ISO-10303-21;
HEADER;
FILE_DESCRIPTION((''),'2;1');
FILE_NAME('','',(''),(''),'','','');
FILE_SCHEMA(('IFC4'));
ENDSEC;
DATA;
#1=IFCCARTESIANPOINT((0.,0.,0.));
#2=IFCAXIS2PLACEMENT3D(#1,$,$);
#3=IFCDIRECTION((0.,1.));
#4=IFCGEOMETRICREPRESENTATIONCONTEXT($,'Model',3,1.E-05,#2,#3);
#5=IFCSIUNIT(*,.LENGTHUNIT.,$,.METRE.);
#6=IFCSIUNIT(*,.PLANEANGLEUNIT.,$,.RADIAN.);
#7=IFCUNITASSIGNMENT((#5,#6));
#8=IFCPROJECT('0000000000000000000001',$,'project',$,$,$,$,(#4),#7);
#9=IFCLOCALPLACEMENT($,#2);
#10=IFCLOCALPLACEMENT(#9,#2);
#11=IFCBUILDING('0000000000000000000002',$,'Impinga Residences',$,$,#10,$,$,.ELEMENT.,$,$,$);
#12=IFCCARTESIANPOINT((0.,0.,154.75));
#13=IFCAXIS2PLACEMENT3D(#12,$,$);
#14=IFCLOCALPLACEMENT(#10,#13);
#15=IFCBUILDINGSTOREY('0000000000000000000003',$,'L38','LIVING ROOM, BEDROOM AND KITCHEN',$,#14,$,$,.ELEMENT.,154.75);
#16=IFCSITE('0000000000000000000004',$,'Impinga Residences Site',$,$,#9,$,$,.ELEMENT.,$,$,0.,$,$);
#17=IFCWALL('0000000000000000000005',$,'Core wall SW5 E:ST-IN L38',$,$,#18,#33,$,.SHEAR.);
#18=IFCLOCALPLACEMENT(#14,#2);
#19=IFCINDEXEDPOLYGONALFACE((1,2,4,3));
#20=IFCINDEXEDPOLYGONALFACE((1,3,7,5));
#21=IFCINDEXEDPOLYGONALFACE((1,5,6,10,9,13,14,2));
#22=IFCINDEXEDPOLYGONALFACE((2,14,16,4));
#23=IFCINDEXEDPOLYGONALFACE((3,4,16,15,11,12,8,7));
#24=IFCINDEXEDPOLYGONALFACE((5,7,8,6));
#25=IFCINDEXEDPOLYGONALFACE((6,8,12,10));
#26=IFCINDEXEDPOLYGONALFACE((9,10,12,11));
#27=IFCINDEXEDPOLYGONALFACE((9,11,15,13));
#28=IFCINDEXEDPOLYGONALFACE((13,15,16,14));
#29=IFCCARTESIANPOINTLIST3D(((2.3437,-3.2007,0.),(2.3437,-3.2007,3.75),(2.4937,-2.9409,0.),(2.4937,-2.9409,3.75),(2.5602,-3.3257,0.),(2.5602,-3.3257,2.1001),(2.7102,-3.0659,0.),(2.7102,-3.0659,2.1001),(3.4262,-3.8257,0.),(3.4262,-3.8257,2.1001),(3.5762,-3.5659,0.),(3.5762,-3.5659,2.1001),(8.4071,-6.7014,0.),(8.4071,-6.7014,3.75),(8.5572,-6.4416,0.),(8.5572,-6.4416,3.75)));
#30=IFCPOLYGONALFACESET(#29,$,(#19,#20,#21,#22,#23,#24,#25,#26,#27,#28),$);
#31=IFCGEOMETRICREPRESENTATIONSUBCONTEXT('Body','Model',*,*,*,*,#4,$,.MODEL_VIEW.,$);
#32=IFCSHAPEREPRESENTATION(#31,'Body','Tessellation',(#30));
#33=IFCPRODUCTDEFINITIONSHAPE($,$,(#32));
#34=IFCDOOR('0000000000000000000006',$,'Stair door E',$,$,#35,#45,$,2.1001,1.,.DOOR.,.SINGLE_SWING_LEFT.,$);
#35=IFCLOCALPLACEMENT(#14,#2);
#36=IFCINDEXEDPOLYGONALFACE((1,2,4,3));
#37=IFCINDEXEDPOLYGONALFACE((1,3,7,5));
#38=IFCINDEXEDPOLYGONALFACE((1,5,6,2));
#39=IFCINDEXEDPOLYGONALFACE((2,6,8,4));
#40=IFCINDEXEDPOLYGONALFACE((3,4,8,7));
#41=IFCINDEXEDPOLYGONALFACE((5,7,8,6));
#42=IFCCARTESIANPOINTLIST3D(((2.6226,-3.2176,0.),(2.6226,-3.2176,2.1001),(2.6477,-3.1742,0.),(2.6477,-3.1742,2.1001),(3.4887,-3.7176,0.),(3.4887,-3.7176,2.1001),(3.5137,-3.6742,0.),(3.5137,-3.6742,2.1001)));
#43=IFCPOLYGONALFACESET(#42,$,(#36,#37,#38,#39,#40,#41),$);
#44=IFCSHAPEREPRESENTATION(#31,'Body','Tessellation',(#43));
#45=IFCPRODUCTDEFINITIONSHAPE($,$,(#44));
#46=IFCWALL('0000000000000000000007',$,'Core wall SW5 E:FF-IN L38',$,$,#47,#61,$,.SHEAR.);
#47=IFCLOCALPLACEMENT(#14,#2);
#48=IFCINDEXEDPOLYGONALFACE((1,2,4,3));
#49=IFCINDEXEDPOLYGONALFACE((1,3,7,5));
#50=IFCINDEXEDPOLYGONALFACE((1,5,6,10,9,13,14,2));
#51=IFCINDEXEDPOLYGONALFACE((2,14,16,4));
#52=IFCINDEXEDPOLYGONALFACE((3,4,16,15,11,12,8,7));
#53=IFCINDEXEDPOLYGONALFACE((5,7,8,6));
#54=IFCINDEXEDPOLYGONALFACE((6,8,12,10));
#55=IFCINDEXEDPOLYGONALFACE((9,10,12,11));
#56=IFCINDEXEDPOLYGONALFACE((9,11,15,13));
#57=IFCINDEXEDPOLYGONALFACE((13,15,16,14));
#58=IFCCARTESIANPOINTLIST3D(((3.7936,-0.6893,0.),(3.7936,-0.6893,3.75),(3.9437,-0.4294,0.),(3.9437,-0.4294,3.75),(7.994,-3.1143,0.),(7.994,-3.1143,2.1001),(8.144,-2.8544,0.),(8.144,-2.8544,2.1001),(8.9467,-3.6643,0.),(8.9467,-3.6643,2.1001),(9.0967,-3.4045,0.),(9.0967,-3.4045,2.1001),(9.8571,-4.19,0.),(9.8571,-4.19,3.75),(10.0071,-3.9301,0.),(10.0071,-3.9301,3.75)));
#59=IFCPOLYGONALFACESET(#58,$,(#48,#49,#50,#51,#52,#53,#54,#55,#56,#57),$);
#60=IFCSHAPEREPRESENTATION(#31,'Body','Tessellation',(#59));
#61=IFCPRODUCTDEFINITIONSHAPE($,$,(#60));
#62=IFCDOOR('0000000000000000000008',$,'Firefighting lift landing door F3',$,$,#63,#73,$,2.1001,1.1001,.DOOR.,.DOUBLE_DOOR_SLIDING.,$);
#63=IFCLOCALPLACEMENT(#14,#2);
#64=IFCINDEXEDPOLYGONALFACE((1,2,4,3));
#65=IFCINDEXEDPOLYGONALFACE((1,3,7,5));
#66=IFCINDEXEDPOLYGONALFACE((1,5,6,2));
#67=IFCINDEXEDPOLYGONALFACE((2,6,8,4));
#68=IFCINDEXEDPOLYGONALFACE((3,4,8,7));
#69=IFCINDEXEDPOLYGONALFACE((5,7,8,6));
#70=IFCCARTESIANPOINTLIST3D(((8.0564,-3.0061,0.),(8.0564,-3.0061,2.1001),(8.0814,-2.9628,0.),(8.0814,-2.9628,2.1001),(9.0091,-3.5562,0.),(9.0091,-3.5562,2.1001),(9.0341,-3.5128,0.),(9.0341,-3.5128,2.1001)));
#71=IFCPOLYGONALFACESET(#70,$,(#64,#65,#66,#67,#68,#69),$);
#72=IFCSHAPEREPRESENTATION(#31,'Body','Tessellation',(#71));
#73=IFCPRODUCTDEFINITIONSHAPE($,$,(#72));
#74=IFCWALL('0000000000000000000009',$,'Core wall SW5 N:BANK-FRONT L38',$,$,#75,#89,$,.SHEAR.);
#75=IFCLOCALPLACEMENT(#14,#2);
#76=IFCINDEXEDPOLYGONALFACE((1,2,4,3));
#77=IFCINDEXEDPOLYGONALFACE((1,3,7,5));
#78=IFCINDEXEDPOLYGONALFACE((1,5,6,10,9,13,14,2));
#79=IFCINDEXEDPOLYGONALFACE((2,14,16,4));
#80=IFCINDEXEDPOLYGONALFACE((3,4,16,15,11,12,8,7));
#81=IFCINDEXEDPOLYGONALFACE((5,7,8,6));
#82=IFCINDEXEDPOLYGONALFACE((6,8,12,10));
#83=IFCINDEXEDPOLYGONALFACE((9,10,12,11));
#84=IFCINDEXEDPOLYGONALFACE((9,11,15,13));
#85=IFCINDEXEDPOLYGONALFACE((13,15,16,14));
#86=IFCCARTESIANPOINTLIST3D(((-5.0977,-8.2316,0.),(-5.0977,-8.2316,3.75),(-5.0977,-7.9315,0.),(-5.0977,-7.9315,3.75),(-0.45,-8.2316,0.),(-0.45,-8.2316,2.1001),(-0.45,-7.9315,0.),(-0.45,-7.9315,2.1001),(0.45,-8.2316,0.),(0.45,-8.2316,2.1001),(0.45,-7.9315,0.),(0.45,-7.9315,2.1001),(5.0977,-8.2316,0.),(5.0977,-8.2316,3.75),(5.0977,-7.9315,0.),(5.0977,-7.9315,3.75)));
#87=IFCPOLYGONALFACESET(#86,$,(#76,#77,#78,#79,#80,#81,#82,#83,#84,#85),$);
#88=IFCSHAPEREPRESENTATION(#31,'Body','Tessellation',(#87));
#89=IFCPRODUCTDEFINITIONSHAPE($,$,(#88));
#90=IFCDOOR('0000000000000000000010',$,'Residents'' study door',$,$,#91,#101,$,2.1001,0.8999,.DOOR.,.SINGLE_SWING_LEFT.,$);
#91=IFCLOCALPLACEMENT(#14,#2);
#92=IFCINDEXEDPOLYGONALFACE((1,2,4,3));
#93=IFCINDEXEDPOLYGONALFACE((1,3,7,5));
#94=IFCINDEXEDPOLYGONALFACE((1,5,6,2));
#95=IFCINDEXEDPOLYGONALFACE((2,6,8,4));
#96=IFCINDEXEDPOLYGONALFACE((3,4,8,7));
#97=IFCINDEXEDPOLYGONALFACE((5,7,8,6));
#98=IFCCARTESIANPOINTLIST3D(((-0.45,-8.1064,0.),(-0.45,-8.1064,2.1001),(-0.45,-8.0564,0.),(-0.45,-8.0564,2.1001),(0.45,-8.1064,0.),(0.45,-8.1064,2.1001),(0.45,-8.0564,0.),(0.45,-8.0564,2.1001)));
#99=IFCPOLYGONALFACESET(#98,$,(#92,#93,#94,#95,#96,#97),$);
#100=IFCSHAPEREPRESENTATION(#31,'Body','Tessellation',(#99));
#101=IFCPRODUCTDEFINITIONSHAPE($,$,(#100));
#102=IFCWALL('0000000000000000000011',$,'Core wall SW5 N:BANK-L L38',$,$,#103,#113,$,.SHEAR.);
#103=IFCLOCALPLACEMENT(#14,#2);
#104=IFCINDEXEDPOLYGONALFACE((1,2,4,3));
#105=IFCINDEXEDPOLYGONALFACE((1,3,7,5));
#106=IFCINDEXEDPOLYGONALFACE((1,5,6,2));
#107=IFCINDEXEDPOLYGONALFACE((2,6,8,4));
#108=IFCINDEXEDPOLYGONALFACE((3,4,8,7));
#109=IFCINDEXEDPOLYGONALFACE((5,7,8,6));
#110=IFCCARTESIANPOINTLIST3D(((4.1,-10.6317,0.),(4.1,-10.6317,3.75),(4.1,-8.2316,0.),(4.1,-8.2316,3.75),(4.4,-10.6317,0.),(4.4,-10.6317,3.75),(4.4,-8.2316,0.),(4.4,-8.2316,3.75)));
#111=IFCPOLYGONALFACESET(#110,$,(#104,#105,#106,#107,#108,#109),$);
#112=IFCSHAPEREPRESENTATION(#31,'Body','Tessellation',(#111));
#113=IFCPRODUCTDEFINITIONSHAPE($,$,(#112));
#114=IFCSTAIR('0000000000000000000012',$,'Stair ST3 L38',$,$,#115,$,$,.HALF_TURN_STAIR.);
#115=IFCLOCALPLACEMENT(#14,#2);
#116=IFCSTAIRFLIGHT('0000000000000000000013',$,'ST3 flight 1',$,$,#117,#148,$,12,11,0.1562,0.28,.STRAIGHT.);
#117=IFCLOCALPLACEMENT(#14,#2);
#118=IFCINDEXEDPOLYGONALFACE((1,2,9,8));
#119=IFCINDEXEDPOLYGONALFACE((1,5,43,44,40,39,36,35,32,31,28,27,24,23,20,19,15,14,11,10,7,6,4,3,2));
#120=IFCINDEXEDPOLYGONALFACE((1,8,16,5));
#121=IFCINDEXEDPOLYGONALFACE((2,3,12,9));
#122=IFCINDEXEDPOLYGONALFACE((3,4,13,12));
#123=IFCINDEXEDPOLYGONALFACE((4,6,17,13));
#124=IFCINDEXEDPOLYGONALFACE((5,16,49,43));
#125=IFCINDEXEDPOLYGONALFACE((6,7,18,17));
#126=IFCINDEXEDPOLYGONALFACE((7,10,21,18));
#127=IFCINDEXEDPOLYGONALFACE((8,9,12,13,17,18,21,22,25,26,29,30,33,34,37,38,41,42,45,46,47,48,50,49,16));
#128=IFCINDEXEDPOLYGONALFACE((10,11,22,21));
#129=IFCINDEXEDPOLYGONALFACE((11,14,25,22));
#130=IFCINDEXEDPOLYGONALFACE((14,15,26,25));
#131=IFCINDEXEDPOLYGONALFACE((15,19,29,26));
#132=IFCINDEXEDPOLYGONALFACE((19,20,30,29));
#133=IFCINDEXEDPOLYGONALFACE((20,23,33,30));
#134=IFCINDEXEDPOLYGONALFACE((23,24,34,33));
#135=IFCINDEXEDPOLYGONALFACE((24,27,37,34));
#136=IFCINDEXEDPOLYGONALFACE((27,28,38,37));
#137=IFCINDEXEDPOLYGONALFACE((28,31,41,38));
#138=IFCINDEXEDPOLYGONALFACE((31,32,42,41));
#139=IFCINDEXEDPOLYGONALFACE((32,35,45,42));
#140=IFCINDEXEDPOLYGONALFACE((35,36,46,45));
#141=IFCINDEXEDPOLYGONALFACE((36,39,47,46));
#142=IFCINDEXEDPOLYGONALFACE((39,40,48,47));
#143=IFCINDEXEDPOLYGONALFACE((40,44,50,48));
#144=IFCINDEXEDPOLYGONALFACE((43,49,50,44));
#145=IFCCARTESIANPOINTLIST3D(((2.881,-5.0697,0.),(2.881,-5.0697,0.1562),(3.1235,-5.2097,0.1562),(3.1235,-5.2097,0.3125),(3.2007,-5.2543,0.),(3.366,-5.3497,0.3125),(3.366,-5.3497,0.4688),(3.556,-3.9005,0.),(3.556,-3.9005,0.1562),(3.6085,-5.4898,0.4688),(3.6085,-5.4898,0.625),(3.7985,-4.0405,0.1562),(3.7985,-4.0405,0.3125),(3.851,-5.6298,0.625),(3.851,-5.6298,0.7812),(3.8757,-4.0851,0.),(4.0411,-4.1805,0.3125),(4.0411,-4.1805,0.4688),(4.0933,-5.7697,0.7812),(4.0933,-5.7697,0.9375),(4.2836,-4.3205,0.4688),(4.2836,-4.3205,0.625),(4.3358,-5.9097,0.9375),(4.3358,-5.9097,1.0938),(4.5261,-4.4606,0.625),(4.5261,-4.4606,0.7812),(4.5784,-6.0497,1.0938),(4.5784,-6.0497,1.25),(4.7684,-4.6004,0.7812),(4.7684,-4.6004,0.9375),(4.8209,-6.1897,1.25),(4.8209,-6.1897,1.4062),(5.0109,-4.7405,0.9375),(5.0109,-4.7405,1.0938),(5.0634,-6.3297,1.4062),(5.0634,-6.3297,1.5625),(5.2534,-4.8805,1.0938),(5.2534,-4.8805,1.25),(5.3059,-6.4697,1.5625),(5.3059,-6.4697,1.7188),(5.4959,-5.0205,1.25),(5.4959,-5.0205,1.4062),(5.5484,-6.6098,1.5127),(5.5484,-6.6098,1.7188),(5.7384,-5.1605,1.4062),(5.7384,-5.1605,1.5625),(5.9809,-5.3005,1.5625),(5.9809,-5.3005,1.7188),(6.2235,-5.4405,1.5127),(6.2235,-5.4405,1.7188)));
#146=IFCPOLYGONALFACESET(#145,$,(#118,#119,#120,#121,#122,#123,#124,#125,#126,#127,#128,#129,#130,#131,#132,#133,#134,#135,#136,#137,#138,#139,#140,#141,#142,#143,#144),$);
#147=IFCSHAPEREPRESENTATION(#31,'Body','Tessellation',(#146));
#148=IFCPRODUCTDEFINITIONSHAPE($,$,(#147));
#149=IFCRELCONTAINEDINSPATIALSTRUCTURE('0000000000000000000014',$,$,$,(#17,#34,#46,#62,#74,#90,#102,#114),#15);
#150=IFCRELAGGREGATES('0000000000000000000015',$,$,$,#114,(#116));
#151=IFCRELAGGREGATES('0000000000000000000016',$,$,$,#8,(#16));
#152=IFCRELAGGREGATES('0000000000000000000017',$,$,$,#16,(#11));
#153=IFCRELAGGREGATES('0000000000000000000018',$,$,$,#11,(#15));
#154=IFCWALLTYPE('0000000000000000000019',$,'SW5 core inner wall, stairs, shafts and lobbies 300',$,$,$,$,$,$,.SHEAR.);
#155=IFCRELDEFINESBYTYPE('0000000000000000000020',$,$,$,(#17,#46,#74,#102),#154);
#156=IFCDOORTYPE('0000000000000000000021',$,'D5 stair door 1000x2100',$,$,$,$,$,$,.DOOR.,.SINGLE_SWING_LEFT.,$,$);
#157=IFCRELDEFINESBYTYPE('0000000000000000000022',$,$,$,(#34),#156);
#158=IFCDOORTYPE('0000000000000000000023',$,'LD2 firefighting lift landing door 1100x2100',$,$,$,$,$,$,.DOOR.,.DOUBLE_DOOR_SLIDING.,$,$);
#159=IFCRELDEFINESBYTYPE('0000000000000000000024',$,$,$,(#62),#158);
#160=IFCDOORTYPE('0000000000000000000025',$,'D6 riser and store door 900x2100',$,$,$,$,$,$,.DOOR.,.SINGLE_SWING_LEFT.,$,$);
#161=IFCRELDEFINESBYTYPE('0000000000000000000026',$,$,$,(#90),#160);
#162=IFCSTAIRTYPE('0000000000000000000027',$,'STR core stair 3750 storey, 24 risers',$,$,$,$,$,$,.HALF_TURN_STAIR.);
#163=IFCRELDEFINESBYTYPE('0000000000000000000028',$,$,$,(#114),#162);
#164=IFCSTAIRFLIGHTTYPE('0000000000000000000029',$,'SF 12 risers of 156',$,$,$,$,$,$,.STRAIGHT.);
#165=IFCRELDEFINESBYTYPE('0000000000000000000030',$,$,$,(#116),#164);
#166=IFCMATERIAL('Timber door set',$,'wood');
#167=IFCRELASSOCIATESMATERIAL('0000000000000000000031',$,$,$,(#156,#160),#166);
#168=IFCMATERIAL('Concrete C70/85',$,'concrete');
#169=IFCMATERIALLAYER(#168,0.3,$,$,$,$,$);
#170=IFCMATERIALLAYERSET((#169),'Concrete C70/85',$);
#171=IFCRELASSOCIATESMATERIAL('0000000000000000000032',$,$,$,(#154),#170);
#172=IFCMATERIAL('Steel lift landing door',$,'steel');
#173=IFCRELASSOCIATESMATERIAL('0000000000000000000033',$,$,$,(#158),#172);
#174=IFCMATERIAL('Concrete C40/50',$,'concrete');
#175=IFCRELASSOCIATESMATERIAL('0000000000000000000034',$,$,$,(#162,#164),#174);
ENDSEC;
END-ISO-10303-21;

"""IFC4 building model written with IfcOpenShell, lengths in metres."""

from ifc_helpers import new_model, si_unit, direction, frame, frame_2d, origin, place, context, subcontext, project, spatial, polyline, rectangle, outline, extrude, material, layer, layer_set, type_object, element, fill, aggregate, save


model = new_model("IFC4")

# Units and contexts
model_context = context("Model", 3, precision=1e-05, world=origin(), true_north=direction((0.0, 1.0)))
body_context = subcontext(model_context, "Body", "Model", "MODEL_VIEW")
ifc_project = project(units=[si_unit("LENGTHUNIT", "METRE"), si_unit("PLANEANGLEUNIT", "RADIAN")], contexts=[model_context])

# Site, building, storey
site_placement = place(None, origin())
site = spatial("IfcSite", under=ifc_project, at=site_placement, Name="Impinga Residences Site", CompositionType="ELEMENT", RefElevation=0.0)
building_placement = place(site_placement, origin())
building = spatial("IfcBuilding", under=site, at=building_placement, Name="Impinga Residences", CompositionType="ELEMENT")
storey_placement = place(building_placement, frame((0.0, 0.0, 154.75)))
storey = spatial("IfcBuildingStorey", under=building, at=storey_placement, Name="L38", Description="LIVING ROOM, BEDROOM AND KITCHEN", CompositionType="ELEMENT", Elevation=154.75)

# Shared definitions
ifc_material_1 = material(Name="Timber door set", Category="wood")
door_type_1 = type_object("IfcDoorType", Name="D5 stair door 1000x2100", OperationType="SINGLE_SWING_LEFT", PredefinedType="DOOR", material=ifc_material_1)

# Walls, openings, doors
ifc_material_2 = material(Name="Concrete C70/85", Category="concrete")
ifc_layer_1 = layer(ifc_material_2, 0.3)
ifc_layer_set_1 = layer_set([ifc_layer_1], Name="Concrete C70/85")
wall_type_1 = type_object("IfcWallType", Name="SW5 core inner wall, stairs, shafts and lobbies 300", PredefinedType="SHEAR", material=ifc_layer_set_1)
wall_1_placement = place(storey_placement, frame((2.4187, -3.0708, 0.0), z_axis=(0.0, 0.0, 1.0), x_axis=(0.866026, -0.499998, 0.0)))
wall_1 = element("IfcWall", 1, at=wall_1_placement, inside=storey, type_object=wall_type_1, Name="Core wall SW5 E:ST-IN L38", PredefinedType="SHEAR", context=body_context, shape_type="SweptSolid", body=[
    extrude(rectangle(XDim=7.0015, YDim=0.3, at=frame_2d((3.5007, 0.0))), origin(), (0.0, 0.0, 1.0), 3.75),
])
opening_1_placement = place(wall_1_placement, frame((0.25, 0.0, 0.0)))
opening_1 = element("IfcOpeningElement", 2, at=opening_1_placement, cuts=wall_1, PredefinedType="OPENING", context=body_context, shape_type="SweptSolid", body=[
    extrude(rectangle(XDim=1.0, YDim=2.1001, at=frame_2d((0.5, 1.05))), frame((0.0, 0.1599, 0.0), z_axis=(0.0, -1.0, 0.0), x_axis=(1.0, 0.0, 0.0)), (0.0, 0.0, 1.0), 0.3201),
])
door_1_placement = place(opening_1_placement, origin())
door_1 = element("IfcDoor", 3, at=door_1_placement, inside=storey, type_object=door_type_1, Name="Stair door E", OperationType="SINGLE_SWING_LEFT", OverallHeight=2.1001, OverallWidth=1.0, PredefinedType="DOOR", context=body_context, shape_type="SweptSolid", body=[
    extrude(rectangle(XDim=1.0, YDim=2.1001, at=frame_2d((0.5, 1.05))), frame((0.0, 0.0249, 0.0), z_axis=(0.0, -1.0, 0.0), x_axis=(1.0, 0.0, 0.0)), (0.0, 0.0, 1.0), 0.05),
])
fill(opening_1, door_1)
wall_2_placement = place(storey_placement, frame((3.8687, -0.5593, 0.0), z_axis=(0.0, 0.0, 1.0), x_axis=(0.866026, -0.499998, 0.0)))
wall_2 = element("IfcWall", 4, at=wall_2_placement, inside=storey, type_object=wall_type_1, Name="Core wall SW5 E:FF-IN L38", PredefinedType="SHEAR", context=body_context, shape_type="SweptSolid", body=[
    extrude(rectangle(XDim=7.0015, YDim=0.3, at=frame_2d((3.5007, 0.0))), origin(), (0.0, 0.0, 1.0), 3.75),
])
opening_2_placement = place(wall_2_placement, frame((4.8501, 0.0, 0.0)))
opening_2 = element("IfcOpeningElement", 5, at=opening_2_placement, cuts=wall_2, PredefinedType="OPENING", context=body_context, shape_type="SweptSolid", body=[
    extrude(rectangle(XDim=1.1001, YDim=2.1001, at=frame_2d((0.55, 1.05))), frame((0.0, 0.1599, 0.0), z_axis=(0.0, -1.0, 0.0), x_axis=(1.0, 0.0, 0.0)), (0.0, 0.0, 1.0), 0.3201),
])
ifc_material_3 = material(Name="Steel lift landing door", Category="steel")
door_type_2 = type_object("IfcDoorType", Name="LD2 firefighting lift landing door 1100x2100", OperationType="DOUBLE_DOOR_SLIDING", PredefinedType="DOOR", material=ifc_material_3)
door_2_placement = place(opening_2_placement, origin())
door_2 = element("IfcDoor", 6, at=door_2_placement, inside=storey, type_object=door_type_2, Name="Firefighting lift landing door F3", OperationType="DOUBLE_DOOR_SLIDING", OverallHeight=2.1001, OverallWidth=1.1001, PredefinedType="DOOR", context=body_context, shape_type="SweptSolid", body=[
    extrude(rectangle(XDim=1.1001, YDim=2.1001, at=frame_2d((0.55, 1.05))), frame((0.0, 0.0249, 0.0), z_axis=(0.0, -1.0, 0.0), x_axis=(1.0, 0.0, 0.0)), (0.0, 0.0, 1.0), 0.05),
])
fill(opening_2, door_2)
wall_3_placement = place(storey_placement, frame((5.0977, -8.0815, 0.0), z_axis=(0.0, 0.0, 1.0), x_axis=(-1.0, 0.0, 0.0)))
wall_3 = element("IfcWall", 7, at=wall_3_placement, inside=storey, type_object=wall_type_1, Name="Core wall SW5 N:BANK-FRONT L38", PredefinedType="SHEAR", context=body_context, shape_type="SweptSolid", body=[
    extrude(rectangle(XDim=10.1953, YDim=0.3, at=frame_2d((5.0977, 0.0))), origin(), (0.0, 0.0, 1.0), 3.75),
])
opening_3_placement = place(wall_3_placement, frame((4.6477, 0.0, 0.0)))
opening_3 = element("IfcOpeningElement", 8, at=opening_3_placement, cuts=wall_3, PredefinedType="OPENING", context=body_context, shape_type="SweptSolid", body=[
    extrude(rectangle(XDim=0.8999, YDim=2.1001, at=frame_2d((0.45, 1.05))), frame((0.0, 0.1599, 0.0), z_axis=(0.0, -1.0, 0.0), x_axis=(1.0, 0.0, 0.0)), (0.0, 0.0, 1.0), 0.3201),
])
door_type_3 = type_object("IfcDoorType", Name="D6 riser and store door 900x2100", OperationType="SINGLE_SWING_LEFT", PredefinedType="DOOR", material=ifc_material_1)
door_3_placement = place(opening_3_placement, origin())
door_3 = element("IfcDoor", 9, at=door_3_placement, inside=storey, type_object=door_type_3, Name="Residents' study door", OperationType="SINGLE_SWING_LEFT", OverallHeight=2.1001, OverallWidth=0.8999, PredefinedType="DOOR", context=body_context, shape_type="SweptSolid", body=[
    extrude(rectangle(XDim=0.8999, YDim=2.1001, at=frame_2d((0.45, 1.05))), frame((0.0, 0.0249, 0.0), z_axis=(0.0, -1.0, 0.0), x_axis=(1.0, 0.0, 0.0)), (0.0, 0.0, 1.0), 0.05),
])
fill(opening_3, door_3)

# Wall
wall_4_placement = place(storey_placement, frame((4.25, -8.2314, 0.0), z_axis=(0.0, 0.0, 1.0), x_axis=(0.0, -1.0, 0.0)))
element("IfcWall", 10, at=wall_4_placement, inside=storey, type_object=wall_type_1, Name="Core wall SW5 N:BANK-L L38", PredefinedType="SHEAR", context=body_context, shape_type="SweptSolid", body=[
    extrude(rectangle(XDim=2.4001, YDim=0.3, at=frame_2d((1.2002, 0.0))), origin(), (0.0, 0.0, 1.0), 3.75),
])

# Stair, stair flight
ifc_material_4 = material(Name="Concrete C40/50", Category="concrete")
stair_type = type_object("IfcStairType", Name="STR core stair 3750 storey, 24 risers", PredefinedType="HALF_TURN_STAIR", material=ifc_material_4)
stair_placement = place(storey_placement, origin())
stair = element("IfcStair", 11, at=stair_placement, inside=storey, type_object=stair_type, Name="Stair ST3 L38", PredefinedType="HALF_TURN_STAIR")
stair_flight_type = type_object("IfcStairFlightType", Name="SF 12 risers of 156", PredefinedType="STRAIGHT", material=ifc_material_4)
stair_flight_1_placement = place(storey_placement, frame((3.2185, -4.4851, 0.0), z_axis=(0.0, 0.0, 1.0), x_axis=(0.866025, -0.5, 0.0)))
stair_flight_1 = element("IfcStairFlight", 12, at=stair_flight_1_placement, type_object=stair_flight_type, Name="ST3 flight 1", NumberOfRisers=12, NumberOfTreads=11, PredefinedType="STRAIGHT", RiserHeight=0.1562, TreadLength=0.28, context=body_context, shape_type="SweptSolid", body=[
    extrude(outline(polyline([(0.0, 0.0), (0.0, 0.1562), (0.28, 0.1562), (0.28, 0.3125), (0.5601, 0.3125), (0.5601, 0.4688), (0.8401, 0.4688), (0.8401, 0.625), (1.1201, 0.625), (1.1201, 0.7812), (1.3999, 0.7812), (1.3999, 0.9375), (1.6799, 0.9375), (1.6799, 1.0938), (1.96, 1.0938), (1.96, 1.25), (2.24, 1.25), (2.24, 1.4062), (2.52, 1.4062), (2.52, 1.5625), (2.8, 1.5625), (2.8, 1.7188), (3.0801, 1.7188), (3.0801, 1.875), (3.0801, 1.5127), (0.3691, 0.0), (0.0, 0.0)])), frame((0.0, 0.675, 0.0), z_axis=(0.0, -1.0, 0.0), x_axis=(1.0, 0.0, 0.0)), (0.0, 0.0, 1.0), 1.3501),
])
aggregate(stair, [stair_flight_1])

save(model, "model.ifc")
